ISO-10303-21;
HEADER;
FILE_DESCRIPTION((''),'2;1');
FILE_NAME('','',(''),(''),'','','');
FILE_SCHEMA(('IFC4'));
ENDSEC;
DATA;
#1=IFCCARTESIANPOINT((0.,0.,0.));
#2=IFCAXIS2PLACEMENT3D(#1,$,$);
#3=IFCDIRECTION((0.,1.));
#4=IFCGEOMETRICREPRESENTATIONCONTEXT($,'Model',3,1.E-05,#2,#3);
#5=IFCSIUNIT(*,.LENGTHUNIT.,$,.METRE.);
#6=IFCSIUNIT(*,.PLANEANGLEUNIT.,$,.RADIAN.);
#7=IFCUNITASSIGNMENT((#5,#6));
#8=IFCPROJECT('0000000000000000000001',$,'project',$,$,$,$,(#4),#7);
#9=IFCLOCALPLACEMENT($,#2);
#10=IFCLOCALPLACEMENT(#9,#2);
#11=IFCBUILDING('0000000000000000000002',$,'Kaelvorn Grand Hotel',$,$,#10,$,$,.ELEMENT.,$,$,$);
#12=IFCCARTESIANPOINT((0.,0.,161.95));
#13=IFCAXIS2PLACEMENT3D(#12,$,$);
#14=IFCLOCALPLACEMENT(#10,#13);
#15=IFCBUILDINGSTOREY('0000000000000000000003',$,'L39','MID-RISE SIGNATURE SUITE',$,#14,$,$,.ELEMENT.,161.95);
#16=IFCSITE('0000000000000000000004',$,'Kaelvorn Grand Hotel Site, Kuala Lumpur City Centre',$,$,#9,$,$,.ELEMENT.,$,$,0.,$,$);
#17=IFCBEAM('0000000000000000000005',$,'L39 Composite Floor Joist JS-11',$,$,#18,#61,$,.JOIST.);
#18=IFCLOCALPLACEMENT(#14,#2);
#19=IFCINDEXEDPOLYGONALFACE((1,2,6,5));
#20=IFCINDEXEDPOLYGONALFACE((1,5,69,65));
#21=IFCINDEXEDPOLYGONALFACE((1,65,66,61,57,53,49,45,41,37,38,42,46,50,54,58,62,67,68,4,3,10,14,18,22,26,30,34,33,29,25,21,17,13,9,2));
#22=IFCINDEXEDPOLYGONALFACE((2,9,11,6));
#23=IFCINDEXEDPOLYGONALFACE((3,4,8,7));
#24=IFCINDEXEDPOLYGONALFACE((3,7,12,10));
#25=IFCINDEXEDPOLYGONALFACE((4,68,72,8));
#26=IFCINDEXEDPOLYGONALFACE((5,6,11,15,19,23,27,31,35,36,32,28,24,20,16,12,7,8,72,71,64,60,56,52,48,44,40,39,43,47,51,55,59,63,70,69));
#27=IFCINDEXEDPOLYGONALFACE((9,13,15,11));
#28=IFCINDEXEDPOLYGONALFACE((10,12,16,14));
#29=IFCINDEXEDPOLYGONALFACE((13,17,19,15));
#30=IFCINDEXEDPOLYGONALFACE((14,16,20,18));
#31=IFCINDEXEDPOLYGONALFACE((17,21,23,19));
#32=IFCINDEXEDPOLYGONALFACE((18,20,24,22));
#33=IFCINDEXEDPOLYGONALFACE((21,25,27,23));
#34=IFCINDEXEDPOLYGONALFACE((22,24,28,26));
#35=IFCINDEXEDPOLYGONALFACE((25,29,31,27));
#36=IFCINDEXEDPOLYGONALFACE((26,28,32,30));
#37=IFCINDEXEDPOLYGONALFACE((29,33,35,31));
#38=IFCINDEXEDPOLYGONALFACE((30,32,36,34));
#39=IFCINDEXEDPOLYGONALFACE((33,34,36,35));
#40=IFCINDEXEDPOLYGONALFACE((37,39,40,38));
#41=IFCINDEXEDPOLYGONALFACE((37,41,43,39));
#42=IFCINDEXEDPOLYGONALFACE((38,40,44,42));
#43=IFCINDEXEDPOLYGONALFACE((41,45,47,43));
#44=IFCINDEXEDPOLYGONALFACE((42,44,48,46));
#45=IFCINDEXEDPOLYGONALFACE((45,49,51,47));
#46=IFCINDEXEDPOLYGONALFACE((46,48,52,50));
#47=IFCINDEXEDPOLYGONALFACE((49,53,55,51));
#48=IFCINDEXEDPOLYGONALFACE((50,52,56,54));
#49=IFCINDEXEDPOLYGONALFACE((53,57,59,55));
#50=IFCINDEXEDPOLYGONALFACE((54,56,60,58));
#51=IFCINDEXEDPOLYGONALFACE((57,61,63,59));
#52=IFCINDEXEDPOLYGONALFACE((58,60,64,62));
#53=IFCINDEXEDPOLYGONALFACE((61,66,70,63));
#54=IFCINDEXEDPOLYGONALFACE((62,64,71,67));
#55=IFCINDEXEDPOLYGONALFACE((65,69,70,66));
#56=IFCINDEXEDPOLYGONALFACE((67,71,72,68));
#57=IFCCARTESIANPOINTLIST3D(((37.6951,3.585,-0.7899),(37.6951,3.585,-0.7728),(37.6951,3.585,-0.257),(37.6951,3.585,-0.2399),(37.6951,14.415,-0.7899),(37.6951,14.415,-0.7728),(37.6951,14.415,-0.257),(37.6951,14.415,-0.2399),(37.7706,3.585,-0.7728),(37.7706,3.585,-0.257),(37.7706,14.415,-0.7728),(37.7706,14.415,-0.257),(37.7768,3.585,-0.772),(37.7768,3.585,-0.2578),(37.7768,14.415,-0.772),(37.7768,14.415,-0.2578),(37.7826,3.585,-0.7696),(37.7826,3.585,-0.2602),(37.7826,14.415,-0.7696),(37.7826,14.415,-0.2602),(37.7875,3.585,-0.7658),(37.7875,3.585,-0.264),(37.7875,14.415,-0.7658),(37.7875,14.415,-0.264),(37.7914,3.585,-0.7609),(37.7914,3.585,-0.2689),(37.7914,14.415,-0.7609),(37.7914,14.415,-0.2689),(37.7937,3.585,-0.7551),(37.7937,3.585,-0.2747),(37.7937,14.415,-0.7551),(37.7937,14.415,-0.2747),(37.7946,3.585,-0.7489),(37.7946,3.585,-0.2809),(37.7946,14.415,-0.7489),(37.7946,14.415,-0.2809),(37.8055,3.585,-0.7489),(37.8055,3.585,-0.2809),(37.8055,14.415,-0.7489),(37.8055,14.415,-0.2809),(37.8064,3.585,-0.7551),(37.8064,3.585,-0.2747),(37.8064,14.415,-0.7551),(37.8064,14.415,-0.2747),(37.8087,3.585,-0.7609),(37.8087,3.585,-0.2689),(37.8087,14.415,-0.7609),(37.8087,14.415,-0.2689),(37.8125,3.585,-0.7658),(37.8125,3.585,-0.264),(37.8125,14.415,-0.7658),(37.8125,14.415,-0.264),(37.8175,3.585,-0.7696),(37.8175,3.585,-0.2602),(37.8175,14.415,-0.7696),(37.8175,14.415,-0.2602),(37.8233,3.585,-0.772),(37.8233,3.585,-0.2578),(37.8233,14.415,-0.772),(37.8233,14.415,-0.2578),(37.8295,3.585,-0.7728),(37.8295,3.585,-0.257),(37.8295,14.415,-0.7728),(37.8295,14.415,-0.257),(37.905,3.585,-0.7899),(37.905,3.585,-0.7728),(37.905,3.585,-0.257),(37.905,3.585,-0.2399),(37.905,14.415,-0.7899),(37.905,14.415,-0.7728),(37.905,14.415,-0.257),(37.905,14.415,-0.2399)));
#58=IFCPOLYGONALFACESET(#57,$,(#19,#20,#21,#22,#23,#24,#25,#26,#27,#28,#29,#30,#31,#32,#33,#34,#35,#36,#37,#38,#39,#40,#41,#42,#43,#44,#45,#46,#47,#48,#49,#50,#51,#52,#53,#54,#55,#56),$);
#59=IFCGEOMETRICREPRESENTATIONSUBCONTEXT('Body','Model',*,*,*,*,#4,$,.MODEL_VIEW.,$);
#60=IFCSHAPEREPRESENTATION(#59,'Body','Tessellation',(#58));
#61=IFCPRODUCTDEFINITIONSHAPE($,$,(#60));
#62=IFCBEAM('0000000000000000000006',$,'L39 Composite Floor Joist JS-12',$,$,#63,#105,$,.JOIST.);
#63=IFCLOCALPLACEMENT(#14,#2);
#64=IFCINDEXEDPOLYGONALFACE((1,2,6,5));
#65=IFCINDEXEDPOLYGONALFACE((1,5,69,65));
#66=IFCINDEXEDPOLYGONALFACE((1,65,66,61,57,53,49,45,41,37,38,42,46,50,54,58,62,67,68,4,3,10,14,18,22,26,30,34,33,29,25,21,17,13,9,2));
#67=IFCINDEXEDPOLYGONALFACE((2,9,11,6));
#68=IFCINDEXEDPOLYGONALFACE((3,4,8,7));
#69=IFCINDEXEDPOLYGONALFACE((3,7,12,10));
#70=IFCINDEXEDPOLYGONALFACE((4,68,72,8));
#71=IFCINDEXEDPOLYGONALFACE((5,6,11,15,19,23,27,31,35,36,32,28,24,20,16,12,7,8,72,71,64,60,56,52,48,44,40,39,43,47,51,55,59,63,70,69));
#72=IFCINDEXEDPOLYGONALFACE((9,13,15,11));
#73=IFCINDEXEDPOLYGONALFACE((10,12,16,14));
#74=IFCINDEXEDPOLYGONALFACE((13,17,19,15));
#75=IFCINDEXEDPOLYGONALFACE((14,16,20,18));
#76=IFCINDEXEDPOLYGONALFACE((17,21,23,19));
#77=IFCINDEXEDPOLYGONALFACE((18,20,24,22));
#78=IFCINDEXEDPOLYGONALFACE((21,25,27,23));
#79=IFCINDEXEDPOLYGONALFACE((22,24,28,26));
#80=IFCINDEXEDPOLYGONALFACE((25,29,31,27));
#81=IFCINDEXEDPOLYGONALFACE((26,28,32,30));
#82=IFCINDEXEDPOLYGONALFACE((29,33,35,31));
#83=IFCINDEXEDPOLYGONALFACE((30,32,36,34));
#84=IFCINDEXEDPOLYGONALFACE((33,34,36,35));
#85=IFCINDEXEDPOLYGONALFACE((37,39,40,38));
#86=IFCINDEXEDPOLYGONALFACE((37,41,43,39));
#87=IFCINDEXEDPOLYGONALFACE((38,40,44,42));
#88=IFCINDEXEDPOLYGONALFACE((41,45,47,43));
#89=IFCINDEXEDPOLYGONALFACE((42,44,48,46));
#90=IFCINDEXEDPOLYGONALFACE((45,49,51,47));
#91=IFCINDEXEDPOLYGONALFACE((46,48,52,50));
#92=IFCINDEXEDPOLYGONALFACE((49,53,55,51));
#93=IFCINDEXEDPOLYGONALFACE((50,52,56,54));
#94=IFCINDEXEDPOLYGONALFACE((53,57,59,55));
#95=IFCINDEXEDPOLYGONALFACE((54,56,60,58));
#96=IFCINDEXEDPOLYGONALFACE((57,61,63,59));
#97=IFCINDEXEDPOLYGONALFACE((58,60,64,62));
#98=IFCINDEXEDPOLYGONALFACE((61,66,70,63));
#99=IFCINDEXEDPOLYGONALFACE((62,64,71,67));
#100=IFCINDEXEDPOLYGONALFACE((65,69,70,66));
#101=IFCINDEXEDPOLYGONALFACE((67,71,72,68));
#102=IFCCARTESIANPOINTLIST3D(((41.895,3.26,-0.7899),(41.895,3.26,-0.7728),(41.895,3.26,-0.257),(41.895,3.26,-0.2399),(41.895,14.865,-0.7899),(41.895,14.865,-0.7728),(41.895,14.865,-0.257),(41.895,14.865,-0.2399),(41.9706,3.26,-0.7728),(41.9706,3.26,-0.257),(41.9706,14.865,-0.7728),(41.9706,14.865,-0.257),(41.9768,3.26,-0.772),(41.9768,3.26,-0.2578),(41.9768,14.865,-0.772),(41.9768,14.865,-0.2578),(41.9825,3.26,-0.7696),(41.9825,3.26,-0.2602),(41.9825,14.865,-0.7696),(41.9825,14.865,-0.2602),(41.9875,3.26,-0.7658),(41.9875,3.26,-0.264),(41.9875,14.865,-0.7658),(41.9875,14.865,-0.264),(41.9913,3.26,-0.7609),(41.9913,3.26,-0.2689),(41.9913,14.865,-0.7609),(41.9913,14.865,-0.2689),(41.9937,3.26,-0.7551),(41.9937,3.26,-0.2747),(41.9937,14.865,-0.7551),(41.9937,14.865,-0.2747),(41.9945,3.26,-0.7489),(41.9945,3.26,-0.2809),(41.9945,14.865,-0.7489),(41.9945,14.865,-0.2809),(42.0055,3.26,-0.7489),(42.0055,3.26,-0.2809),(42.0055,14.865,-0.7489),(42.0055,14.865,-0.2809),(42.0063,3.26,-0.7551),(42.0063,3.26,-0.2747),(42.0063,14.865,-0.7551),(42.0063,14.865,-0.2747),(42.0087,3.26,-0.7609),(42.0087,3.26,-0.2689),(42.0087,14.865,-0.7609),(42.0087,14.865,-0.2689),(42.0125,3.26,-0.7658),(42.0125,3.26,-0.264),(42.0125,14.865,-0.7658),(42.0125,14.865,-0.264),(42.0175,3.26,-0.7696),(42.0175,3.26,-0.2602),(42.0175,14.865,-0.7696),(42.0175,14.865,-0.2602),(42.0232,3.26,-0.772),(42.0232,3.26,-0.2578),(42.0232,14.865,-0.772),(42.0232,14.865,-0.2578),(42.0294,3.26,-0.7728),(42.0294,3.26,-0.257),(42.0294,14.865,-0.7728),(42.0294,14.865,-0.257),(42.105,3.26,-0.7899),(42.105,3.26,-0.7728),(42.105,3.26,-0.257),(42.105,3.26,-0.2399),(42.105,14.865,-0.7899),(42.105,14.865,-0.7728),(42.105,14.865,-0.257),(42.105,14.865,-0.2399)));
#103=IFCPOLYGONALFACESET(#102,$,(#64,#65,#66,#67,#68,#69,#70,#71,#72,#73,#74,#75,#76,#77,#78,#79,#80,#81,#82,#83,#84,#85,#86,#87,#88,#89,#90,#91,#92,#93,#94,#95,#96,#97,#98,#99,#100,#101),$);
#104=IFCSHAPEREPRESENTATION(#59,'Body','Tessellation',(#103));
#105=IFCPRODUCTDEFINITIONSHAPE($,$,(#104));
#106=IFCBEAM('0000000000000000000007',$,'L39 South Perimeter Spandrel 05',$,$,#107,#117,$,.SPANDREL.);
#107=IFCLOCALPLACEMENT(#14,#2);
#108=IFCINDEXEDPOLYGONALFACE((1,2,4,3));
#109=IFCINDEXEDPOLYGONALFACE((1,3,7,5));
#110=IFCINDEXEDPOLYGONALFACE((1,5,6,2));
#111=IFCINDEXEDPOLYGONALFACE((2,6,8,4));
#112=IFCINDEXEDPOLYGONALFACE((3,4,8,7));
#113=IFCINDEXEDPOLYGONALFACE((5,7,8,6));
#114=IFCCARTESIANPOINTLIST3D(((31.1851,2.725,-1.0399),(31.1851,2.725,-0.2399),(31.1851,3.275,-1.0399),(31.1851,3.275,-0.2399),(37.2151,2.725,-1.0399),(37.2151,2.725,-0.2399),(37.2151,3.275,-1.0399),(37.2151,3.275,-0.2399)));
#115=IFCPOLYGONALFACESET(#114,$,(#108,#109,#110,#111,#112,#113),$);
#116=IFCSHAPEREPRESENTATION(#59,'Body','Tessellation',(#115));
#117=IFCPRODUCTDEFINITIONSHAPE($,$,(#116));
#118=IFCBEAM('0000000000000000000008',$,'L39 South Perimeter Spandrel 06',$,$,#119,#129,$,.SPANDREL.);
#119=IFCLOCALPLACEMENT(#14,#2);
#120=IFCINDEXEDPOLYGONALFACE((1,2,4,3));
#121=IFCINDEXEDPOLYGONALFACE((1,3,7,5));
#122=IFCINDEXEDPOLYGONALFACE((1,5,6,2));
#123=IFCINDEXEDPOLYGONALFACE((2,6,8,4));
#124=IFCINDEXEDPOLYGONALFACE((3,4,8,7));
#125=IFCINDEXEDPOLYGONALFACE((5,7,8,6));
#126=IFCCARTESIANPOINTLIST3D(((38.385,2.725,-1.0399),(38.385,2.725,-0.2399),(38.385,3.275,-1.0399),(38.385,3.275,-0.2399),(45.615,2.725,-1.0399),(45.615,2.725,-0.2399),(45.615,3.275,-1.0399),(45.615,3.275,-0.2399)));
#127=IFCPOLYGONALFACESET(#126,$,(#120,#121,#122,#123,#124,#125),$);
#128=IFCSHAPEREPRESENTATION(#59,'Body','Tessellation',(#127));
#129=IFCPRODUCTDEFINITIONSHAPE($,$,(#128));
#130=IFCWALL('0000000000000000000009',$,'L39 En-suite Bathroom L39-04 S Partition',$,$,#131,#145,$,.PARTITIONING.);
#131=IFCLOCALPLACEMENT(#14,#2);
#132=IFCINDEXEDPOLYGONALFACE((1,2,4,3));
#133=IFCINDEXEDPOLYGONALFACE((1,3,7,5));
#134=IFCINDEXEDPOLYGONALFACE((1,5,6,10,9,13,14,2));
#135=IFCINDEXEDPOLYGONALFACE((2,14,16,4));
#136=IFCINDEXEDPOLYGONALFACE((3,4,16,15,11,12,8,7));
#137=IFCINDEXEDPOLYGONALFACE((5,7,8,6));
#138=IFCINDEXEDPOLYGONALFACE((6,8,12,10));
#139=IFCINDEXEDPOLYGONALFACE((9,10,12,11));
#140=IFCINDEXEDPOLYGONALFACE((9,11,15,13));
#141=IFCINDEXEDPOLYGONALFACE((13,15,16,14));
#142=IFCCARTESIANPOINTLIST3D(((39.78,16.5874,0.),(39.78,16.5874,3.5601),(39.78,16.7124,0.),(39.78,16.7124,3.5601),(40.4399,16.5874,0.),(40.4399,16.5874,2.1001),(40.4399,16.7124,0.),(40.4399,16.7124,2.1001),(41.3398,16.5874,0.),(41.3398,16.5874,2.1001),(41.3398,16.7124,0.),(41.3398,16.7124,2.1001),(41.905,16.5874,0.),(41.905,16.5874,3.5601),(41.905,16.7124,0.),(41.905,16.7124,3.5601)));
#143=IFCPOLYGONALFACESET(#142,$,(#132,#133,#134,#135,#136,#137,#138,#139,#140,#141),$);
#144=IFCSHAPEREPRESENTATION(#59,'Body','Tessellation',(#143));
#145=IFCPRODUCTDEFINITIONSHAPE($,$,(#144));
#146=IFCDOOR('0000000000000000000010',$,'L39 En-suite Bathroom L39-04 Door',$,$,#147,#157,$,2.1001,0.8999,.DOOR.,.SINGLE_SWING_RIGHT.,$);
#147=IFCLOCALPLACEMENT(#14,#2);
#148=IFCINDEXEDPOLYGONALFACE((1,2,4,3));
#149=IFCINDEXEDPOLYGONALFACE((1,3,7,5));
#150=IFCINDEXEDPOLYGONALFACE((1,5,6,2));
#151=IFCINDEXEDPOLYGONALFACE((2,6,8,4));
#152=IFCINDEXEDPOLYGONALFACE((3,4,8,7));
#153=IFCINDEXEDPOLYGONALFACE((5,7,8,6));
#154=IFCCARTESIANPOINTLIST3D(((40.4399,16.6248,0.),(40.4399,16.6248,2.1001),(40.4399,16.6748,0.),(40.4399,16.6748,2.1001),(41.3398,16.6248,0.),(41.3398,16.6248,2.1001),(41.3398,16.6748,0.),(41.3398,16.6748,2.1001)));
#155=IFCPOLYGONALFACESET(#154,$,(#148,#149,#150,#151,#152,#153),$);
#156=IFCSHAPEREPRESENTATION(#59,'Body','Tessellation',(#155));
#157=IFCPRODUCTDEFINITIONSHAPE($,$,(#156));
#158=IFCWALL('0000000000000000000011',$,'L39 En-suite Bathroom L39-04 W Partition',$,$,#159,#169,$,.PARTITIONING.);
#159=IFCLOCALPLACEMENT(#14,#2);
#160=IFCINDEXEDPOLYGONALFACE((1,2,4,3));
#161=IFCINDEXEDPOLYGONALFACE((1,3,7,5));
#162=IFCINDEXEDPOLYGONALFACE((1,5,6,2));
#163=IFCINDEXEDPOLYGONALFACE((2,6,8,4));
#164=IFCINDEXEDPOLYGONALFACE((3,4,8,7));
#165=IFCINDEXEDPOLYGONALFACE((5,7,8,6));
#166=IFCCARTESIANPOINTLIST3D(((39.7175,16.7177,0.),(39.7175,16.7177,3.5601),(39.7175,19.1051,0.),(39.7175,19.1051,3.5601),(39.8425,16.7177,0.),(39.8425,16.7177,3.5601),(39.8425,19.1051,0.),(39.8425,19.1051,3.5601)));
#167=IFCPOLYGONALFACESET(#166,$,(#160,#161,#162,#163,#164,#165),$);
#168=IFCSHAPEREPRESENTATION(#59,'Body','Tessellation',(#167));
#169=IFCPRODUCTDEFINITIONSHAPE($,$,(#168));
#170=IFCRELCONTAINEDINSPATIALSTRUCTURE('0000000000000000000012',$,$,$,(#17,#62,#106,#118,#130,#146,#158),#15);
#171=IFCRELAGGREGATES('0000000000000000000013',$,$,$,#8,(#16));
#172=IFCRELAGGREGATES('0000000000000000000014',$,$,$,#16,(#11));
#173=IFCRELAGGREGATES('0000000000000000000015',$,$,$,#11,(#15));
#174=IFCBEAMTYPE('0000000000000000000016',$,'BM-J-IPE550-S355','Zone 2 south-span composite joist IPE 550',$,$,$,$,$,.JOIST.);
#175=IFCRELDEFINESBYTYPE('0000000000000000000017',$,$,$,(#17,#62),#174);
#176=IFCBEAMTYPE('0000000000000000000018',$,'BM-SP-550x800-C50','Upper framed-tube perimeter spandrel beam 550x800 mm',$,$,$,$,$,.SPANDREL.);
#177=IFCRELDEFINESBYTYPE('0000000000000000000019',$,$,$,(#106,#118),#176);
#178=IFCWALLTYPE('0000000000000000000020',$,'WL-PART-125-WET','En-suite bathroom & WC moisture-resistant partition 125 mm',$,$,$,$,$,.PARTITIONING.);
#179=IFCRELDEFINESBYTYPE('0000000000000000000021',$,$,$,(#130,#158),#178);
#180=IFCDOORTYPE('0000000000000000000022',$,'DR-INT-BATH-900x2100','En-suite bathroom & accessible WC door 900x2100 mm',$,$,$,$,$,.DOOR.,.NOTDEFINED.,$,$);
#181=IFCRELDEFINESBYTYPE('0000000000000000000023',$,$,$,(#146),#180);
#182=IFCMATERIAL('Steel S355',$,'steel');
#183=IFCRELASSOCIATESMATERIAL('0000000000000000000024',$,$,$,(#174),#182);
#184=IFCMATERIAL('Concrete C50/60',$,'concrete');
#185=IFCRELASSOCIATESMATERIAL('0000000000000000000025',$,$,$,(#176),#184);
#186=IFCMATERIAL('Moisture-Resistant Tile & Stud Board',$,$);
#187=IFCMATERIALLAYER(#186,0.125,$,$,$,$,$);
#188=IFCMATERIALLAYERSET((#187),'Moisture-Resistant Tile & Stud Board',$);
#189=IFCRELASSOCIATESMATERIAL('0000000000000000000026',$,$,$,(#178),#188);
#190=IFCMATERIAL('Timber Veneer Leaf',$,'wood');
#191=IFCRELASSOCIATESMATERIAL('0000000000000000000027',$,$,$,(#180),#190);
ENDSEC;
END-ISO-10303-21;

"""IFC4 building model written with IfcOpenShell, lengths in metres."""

from ifc_helpers import new_model, si_unit, direction, frame, frame_2d, origin, origin_2d, place, context, subcontext, project, spatial, rectangle, i_section, extrude, material, layer, layer_set, material_profile, profile_set, type_object, element, fill, save


model = new_model("IFC4")

# Units and contexts
model_context = context("Model", 3, precision=1e-05, world=origin(), true_north=direction((0.0, 1.0)))
body_context = subcontext(model_context, "Body", "Model", "MODEL_VIEW")
ifc_project = project(units=[si_unit("LENGTHUNIT", "METRE"), si_unit("PLANEANGLEUNIT", "RADIAN")], contexts=[model_context])

# Site, building, storey
site_placement = place(None, origin())
site = spatial("IfcSite", under=ifc_project, at=site_placement, Name="Kaelvorn Grand Hotel Site, Kuala Lumpur City Centre", CompositionType="ELEMENT", RefElevation=0.0)
building_placement = place(site_placement, origin())
building = spatial("IfcBuilding", under=site, at=building_placement, Name="Kaelvorn Grand Hotel", CompositionType="ELEMENT")
storey_placement = place(building_placement, frame((0.0, 0.0, 161.95)))
storey = spatial("IfcBuildingStorey", under=building, at=storey_placement, Name="L39", Description="MID-RISE SIGNATURE SUITE", CompositionType="ELEMENT", Elevation=161.95)

# Beams
ifc_material_1 = material(Name="Steel S355", Category="steel")
ifc_material_profile_1 = material_profile(ifc_material_1, i_section(OverallWidth=0.21, OverallDepth=0.55, WebThickness=0.011, FlangeThickness=0.0171, FilletRadius=0.0239, at=origin_2d()), Name="IPE 550")
ifc_profile_set_1 = profile_set([ifc_material_profile_1], Name="Steel S355")
beam_type_1 = type_object("IfcBeamType", Name="BM-J-IPE550-S355", Description="Zone 2 south-span composite joist IPE 550", PredefinedType="JOIST", material=ifc_profile_set_1)
beam_1_placement = place(storey_placement, frame((37.8, 3.585, -0.5149), z_axis=(0.0, 1.0, 0.0), x_axis=(-1.0, 0.0, 0.0)))
element("IfcBeam", 1, at=beam_1_placement, inside=storey, type_object=beam_type_1, Name="L39 Composite Floor Joist JS-11", PredefinedType="JOIST", context=body_context, shape_type="SweptSolid", body=[
    extrude(i_section(OverallWidth=0.21, OverallDepth=0.55, WebThickness=0.011, FlangeThickness=0.0171, FilletRadius=0.0239, at=origin_2d()), origin(), (0.0, 0.0, 1.0), 10.8301),
])
beam_2_placement = place(storey_placement, frame((42.0, 3.26, -0.5149), z_axis=(0.0, 1.0, 0.0), x_axis=(-1.0, 0.0, 0.0)))
element("IfcBeam", 2, at=beam_2_placement, inside=storey, type_object=beam_type_1, Name="L39 Composite Floor Joist JS-12", PredefinedType="JOIST", context=body_context, shape_type="SweptSolid", body=[
    extrude(i_section(OverallWidth=0.21, OverallDepth=0.55, WebThickness=0.011, FlangeThickness=0.0171, FilletRadius=0.0239, at=origin_2d()), origin(), (0.0, 0.0, 1.0), 11.605),
])
ifc_material_2 = material(Name="Concrete C50/60", Category="concrete")
ifc_material_profile_2 = material_profile(ifc_material_2, rectangle(XDim=0.55, YDim=0.8, at=origin_2d()), Name="RC SPANDREL 550x800")
ifc_profile_set_2 = profile_set([ifc_material_profile_2], Name="Concrete C50/60")
beam_type_2 = type_object("IfcBeamType", Name="BM-SP-550x800-C50", Description="Upper framed-tube perimeter spandrel beam 550x800 mm", PredefinedType="SPANDREL", material=ifc_profile_set_2)
beam_3_placement = place(storey_placement, frame((31.1851, 3.0, -0.6399), z_axis=(1.0, 0.0, 0.0), x_axis=(0.0, 1.0, 0.0)))
element("IfcBeam", 3, at=beam_3_placement, inside=storey, type_object=beam_type_2, Name="L39 South Perimeter Spandrel 05", PredefinedType="SPANDREL", context=body_context, shape_type="SweptSolid", body=[
    extrude(rectangle(XDim=0.55, YDim=0.8, at=origin_2d()), origin(), (0.0, 0.0, 1.0), 6.03),
])
beam_4_placement = place(storey_placement, frame((38.385, 3.0, -0.6399), z_axis=(1.0, 0.0, 0.0), x_axis=(0.0, 1.0, 0.0)))
element("IfcBeam", 4, at=beam_4_placement, inside=storey, type_object=beam_type_2, Name="L39 South Perimeter Spandrel 06", PredefinedType="SPANDREL", context=body_context, shape_type="SweptSolid", body=[
    extrude(rectangle(XDim=0.55, YDim=0.8, at=origin_2d()), origin(), (0.0, 0.0, 1.0), 7.23),
])

# Wall, opening, door
ifc_material_3 = material(Name="Moisture-Resistant Tile & Stud Board")
ifc_layer_1 = layer(ifc_material_3, 0.125)
ifc_layer_set_1 = layer_set([ifc_layer_1], Name="Moisture-Resistant Tile & Stud Board")
wall_type_1 = type_object("IfcWallType", Name="WL-PART-125-WET", Description="En-suite bathroom & WC moisture-resistant partition 125 mm", PredefinedType="PARTITIONING", material=ifc_layer_set_1)
wall_1_placement = place(storey_placement, frame((39.78, 16.6499, 0.0), z_axis=(0.0, 0.0, 1.0), x_axis=(1.0, 0.0, 0.0)))
wall_1 = element("IfcWall", 5, at=wall_1_placement, inside=storey, type_object=wall_type_1, Name="L39 En-suite Bathroom L39-04 S Partition", PredefinedType="PARTITIONING", context=body_context, shape_type="SweptSolid", body=[
    extrude(rectangle(XDim=2.125, YDim=0.125, at=frame_2d((1.0625, 0.0))), origin(), (0.0, 0.0, 1.0), 3.5601),
])
opening_1_placement = place(wall_1_placement, frame((0.6599, 0.0, 0.0)))
opening_1 = element("IfcOpeningElement", 6, at=opening_1_placement, cuts=wall_1, PredefinedType="OPENING", context=body_context, shape_type="SweptSolid", body=[
    extrude(rectangle(XDim=0.8999, YDim=2.1001, at=frame_2d((0.45, 1.05))), frame((0.0, 0.0725, 0.0), z_axis=(0.0, -1.0, 0.0), x_axis=(1.0, 0.0, 0.0)), (0.0, 0.0, 1.0), 0.145),
])
ifc_material_4 = material(Name="Timber Veneer Leaf", Category="wood")
door_type_1 = type_object("IfcDoorType", Name="DR-INT-BATH-900x2100", Description="En-suite bathroom & accessible WC door 900x2100 mm", OperationType="NOTDEFINED", PredefinedType="DOOR", material=ifc_material_4)
door_1_placement = place(opening_1_placement, origin())
door_1 = element("IfcDoor", 7, at=door_1_placement, inside=storey, type_object=door_type_1, Name="L39 En-suite Bathroom L39-04 Door", OperationType="SINGLE_SWING_RIGHT", OverallHeight=2.1001, OverallWidth=0.8999, PredefinedType="DOOR", context=body_context, shape_type="SweptSolid", body=[
    extrude(rectangle(XDim=0.8999, YDim=2.1001, at=frame_2d((0.45, 1.05))), frame((0.0, 0.0249, 0.0), z_axis=(0.0, -1.0, 0.0), x_axis=(1.0, 0.0, 0.0)), (0.0, 0.0, 1.0), 0.05),
])
fill(opening_1, door_1)

# Wall
wall_2_placement = place(storey_placement, frame((39.78, 16.7175, 0.0), z_axis=(0.0, 0.0, 1.0), x_axis=(0.0, 1.0, 0.0)))
element("IfcWall", 8, at=wall_2_placement, inside=storey, type_object=wall_type_1, Name="L39 En-suite Bathroom L39-04 W Partition", PredefinedType="PARTITIONING", context=body_context, shape_type="SweptSolid", body=[
    extrude(rectangle(XDim=2.3875, YDim=0.125, at=frame_2d((1.1938, 0.0))), origin(), (0.0, 0.0, 1.0), 3.5601),
])

save(model, "model.ifc")
